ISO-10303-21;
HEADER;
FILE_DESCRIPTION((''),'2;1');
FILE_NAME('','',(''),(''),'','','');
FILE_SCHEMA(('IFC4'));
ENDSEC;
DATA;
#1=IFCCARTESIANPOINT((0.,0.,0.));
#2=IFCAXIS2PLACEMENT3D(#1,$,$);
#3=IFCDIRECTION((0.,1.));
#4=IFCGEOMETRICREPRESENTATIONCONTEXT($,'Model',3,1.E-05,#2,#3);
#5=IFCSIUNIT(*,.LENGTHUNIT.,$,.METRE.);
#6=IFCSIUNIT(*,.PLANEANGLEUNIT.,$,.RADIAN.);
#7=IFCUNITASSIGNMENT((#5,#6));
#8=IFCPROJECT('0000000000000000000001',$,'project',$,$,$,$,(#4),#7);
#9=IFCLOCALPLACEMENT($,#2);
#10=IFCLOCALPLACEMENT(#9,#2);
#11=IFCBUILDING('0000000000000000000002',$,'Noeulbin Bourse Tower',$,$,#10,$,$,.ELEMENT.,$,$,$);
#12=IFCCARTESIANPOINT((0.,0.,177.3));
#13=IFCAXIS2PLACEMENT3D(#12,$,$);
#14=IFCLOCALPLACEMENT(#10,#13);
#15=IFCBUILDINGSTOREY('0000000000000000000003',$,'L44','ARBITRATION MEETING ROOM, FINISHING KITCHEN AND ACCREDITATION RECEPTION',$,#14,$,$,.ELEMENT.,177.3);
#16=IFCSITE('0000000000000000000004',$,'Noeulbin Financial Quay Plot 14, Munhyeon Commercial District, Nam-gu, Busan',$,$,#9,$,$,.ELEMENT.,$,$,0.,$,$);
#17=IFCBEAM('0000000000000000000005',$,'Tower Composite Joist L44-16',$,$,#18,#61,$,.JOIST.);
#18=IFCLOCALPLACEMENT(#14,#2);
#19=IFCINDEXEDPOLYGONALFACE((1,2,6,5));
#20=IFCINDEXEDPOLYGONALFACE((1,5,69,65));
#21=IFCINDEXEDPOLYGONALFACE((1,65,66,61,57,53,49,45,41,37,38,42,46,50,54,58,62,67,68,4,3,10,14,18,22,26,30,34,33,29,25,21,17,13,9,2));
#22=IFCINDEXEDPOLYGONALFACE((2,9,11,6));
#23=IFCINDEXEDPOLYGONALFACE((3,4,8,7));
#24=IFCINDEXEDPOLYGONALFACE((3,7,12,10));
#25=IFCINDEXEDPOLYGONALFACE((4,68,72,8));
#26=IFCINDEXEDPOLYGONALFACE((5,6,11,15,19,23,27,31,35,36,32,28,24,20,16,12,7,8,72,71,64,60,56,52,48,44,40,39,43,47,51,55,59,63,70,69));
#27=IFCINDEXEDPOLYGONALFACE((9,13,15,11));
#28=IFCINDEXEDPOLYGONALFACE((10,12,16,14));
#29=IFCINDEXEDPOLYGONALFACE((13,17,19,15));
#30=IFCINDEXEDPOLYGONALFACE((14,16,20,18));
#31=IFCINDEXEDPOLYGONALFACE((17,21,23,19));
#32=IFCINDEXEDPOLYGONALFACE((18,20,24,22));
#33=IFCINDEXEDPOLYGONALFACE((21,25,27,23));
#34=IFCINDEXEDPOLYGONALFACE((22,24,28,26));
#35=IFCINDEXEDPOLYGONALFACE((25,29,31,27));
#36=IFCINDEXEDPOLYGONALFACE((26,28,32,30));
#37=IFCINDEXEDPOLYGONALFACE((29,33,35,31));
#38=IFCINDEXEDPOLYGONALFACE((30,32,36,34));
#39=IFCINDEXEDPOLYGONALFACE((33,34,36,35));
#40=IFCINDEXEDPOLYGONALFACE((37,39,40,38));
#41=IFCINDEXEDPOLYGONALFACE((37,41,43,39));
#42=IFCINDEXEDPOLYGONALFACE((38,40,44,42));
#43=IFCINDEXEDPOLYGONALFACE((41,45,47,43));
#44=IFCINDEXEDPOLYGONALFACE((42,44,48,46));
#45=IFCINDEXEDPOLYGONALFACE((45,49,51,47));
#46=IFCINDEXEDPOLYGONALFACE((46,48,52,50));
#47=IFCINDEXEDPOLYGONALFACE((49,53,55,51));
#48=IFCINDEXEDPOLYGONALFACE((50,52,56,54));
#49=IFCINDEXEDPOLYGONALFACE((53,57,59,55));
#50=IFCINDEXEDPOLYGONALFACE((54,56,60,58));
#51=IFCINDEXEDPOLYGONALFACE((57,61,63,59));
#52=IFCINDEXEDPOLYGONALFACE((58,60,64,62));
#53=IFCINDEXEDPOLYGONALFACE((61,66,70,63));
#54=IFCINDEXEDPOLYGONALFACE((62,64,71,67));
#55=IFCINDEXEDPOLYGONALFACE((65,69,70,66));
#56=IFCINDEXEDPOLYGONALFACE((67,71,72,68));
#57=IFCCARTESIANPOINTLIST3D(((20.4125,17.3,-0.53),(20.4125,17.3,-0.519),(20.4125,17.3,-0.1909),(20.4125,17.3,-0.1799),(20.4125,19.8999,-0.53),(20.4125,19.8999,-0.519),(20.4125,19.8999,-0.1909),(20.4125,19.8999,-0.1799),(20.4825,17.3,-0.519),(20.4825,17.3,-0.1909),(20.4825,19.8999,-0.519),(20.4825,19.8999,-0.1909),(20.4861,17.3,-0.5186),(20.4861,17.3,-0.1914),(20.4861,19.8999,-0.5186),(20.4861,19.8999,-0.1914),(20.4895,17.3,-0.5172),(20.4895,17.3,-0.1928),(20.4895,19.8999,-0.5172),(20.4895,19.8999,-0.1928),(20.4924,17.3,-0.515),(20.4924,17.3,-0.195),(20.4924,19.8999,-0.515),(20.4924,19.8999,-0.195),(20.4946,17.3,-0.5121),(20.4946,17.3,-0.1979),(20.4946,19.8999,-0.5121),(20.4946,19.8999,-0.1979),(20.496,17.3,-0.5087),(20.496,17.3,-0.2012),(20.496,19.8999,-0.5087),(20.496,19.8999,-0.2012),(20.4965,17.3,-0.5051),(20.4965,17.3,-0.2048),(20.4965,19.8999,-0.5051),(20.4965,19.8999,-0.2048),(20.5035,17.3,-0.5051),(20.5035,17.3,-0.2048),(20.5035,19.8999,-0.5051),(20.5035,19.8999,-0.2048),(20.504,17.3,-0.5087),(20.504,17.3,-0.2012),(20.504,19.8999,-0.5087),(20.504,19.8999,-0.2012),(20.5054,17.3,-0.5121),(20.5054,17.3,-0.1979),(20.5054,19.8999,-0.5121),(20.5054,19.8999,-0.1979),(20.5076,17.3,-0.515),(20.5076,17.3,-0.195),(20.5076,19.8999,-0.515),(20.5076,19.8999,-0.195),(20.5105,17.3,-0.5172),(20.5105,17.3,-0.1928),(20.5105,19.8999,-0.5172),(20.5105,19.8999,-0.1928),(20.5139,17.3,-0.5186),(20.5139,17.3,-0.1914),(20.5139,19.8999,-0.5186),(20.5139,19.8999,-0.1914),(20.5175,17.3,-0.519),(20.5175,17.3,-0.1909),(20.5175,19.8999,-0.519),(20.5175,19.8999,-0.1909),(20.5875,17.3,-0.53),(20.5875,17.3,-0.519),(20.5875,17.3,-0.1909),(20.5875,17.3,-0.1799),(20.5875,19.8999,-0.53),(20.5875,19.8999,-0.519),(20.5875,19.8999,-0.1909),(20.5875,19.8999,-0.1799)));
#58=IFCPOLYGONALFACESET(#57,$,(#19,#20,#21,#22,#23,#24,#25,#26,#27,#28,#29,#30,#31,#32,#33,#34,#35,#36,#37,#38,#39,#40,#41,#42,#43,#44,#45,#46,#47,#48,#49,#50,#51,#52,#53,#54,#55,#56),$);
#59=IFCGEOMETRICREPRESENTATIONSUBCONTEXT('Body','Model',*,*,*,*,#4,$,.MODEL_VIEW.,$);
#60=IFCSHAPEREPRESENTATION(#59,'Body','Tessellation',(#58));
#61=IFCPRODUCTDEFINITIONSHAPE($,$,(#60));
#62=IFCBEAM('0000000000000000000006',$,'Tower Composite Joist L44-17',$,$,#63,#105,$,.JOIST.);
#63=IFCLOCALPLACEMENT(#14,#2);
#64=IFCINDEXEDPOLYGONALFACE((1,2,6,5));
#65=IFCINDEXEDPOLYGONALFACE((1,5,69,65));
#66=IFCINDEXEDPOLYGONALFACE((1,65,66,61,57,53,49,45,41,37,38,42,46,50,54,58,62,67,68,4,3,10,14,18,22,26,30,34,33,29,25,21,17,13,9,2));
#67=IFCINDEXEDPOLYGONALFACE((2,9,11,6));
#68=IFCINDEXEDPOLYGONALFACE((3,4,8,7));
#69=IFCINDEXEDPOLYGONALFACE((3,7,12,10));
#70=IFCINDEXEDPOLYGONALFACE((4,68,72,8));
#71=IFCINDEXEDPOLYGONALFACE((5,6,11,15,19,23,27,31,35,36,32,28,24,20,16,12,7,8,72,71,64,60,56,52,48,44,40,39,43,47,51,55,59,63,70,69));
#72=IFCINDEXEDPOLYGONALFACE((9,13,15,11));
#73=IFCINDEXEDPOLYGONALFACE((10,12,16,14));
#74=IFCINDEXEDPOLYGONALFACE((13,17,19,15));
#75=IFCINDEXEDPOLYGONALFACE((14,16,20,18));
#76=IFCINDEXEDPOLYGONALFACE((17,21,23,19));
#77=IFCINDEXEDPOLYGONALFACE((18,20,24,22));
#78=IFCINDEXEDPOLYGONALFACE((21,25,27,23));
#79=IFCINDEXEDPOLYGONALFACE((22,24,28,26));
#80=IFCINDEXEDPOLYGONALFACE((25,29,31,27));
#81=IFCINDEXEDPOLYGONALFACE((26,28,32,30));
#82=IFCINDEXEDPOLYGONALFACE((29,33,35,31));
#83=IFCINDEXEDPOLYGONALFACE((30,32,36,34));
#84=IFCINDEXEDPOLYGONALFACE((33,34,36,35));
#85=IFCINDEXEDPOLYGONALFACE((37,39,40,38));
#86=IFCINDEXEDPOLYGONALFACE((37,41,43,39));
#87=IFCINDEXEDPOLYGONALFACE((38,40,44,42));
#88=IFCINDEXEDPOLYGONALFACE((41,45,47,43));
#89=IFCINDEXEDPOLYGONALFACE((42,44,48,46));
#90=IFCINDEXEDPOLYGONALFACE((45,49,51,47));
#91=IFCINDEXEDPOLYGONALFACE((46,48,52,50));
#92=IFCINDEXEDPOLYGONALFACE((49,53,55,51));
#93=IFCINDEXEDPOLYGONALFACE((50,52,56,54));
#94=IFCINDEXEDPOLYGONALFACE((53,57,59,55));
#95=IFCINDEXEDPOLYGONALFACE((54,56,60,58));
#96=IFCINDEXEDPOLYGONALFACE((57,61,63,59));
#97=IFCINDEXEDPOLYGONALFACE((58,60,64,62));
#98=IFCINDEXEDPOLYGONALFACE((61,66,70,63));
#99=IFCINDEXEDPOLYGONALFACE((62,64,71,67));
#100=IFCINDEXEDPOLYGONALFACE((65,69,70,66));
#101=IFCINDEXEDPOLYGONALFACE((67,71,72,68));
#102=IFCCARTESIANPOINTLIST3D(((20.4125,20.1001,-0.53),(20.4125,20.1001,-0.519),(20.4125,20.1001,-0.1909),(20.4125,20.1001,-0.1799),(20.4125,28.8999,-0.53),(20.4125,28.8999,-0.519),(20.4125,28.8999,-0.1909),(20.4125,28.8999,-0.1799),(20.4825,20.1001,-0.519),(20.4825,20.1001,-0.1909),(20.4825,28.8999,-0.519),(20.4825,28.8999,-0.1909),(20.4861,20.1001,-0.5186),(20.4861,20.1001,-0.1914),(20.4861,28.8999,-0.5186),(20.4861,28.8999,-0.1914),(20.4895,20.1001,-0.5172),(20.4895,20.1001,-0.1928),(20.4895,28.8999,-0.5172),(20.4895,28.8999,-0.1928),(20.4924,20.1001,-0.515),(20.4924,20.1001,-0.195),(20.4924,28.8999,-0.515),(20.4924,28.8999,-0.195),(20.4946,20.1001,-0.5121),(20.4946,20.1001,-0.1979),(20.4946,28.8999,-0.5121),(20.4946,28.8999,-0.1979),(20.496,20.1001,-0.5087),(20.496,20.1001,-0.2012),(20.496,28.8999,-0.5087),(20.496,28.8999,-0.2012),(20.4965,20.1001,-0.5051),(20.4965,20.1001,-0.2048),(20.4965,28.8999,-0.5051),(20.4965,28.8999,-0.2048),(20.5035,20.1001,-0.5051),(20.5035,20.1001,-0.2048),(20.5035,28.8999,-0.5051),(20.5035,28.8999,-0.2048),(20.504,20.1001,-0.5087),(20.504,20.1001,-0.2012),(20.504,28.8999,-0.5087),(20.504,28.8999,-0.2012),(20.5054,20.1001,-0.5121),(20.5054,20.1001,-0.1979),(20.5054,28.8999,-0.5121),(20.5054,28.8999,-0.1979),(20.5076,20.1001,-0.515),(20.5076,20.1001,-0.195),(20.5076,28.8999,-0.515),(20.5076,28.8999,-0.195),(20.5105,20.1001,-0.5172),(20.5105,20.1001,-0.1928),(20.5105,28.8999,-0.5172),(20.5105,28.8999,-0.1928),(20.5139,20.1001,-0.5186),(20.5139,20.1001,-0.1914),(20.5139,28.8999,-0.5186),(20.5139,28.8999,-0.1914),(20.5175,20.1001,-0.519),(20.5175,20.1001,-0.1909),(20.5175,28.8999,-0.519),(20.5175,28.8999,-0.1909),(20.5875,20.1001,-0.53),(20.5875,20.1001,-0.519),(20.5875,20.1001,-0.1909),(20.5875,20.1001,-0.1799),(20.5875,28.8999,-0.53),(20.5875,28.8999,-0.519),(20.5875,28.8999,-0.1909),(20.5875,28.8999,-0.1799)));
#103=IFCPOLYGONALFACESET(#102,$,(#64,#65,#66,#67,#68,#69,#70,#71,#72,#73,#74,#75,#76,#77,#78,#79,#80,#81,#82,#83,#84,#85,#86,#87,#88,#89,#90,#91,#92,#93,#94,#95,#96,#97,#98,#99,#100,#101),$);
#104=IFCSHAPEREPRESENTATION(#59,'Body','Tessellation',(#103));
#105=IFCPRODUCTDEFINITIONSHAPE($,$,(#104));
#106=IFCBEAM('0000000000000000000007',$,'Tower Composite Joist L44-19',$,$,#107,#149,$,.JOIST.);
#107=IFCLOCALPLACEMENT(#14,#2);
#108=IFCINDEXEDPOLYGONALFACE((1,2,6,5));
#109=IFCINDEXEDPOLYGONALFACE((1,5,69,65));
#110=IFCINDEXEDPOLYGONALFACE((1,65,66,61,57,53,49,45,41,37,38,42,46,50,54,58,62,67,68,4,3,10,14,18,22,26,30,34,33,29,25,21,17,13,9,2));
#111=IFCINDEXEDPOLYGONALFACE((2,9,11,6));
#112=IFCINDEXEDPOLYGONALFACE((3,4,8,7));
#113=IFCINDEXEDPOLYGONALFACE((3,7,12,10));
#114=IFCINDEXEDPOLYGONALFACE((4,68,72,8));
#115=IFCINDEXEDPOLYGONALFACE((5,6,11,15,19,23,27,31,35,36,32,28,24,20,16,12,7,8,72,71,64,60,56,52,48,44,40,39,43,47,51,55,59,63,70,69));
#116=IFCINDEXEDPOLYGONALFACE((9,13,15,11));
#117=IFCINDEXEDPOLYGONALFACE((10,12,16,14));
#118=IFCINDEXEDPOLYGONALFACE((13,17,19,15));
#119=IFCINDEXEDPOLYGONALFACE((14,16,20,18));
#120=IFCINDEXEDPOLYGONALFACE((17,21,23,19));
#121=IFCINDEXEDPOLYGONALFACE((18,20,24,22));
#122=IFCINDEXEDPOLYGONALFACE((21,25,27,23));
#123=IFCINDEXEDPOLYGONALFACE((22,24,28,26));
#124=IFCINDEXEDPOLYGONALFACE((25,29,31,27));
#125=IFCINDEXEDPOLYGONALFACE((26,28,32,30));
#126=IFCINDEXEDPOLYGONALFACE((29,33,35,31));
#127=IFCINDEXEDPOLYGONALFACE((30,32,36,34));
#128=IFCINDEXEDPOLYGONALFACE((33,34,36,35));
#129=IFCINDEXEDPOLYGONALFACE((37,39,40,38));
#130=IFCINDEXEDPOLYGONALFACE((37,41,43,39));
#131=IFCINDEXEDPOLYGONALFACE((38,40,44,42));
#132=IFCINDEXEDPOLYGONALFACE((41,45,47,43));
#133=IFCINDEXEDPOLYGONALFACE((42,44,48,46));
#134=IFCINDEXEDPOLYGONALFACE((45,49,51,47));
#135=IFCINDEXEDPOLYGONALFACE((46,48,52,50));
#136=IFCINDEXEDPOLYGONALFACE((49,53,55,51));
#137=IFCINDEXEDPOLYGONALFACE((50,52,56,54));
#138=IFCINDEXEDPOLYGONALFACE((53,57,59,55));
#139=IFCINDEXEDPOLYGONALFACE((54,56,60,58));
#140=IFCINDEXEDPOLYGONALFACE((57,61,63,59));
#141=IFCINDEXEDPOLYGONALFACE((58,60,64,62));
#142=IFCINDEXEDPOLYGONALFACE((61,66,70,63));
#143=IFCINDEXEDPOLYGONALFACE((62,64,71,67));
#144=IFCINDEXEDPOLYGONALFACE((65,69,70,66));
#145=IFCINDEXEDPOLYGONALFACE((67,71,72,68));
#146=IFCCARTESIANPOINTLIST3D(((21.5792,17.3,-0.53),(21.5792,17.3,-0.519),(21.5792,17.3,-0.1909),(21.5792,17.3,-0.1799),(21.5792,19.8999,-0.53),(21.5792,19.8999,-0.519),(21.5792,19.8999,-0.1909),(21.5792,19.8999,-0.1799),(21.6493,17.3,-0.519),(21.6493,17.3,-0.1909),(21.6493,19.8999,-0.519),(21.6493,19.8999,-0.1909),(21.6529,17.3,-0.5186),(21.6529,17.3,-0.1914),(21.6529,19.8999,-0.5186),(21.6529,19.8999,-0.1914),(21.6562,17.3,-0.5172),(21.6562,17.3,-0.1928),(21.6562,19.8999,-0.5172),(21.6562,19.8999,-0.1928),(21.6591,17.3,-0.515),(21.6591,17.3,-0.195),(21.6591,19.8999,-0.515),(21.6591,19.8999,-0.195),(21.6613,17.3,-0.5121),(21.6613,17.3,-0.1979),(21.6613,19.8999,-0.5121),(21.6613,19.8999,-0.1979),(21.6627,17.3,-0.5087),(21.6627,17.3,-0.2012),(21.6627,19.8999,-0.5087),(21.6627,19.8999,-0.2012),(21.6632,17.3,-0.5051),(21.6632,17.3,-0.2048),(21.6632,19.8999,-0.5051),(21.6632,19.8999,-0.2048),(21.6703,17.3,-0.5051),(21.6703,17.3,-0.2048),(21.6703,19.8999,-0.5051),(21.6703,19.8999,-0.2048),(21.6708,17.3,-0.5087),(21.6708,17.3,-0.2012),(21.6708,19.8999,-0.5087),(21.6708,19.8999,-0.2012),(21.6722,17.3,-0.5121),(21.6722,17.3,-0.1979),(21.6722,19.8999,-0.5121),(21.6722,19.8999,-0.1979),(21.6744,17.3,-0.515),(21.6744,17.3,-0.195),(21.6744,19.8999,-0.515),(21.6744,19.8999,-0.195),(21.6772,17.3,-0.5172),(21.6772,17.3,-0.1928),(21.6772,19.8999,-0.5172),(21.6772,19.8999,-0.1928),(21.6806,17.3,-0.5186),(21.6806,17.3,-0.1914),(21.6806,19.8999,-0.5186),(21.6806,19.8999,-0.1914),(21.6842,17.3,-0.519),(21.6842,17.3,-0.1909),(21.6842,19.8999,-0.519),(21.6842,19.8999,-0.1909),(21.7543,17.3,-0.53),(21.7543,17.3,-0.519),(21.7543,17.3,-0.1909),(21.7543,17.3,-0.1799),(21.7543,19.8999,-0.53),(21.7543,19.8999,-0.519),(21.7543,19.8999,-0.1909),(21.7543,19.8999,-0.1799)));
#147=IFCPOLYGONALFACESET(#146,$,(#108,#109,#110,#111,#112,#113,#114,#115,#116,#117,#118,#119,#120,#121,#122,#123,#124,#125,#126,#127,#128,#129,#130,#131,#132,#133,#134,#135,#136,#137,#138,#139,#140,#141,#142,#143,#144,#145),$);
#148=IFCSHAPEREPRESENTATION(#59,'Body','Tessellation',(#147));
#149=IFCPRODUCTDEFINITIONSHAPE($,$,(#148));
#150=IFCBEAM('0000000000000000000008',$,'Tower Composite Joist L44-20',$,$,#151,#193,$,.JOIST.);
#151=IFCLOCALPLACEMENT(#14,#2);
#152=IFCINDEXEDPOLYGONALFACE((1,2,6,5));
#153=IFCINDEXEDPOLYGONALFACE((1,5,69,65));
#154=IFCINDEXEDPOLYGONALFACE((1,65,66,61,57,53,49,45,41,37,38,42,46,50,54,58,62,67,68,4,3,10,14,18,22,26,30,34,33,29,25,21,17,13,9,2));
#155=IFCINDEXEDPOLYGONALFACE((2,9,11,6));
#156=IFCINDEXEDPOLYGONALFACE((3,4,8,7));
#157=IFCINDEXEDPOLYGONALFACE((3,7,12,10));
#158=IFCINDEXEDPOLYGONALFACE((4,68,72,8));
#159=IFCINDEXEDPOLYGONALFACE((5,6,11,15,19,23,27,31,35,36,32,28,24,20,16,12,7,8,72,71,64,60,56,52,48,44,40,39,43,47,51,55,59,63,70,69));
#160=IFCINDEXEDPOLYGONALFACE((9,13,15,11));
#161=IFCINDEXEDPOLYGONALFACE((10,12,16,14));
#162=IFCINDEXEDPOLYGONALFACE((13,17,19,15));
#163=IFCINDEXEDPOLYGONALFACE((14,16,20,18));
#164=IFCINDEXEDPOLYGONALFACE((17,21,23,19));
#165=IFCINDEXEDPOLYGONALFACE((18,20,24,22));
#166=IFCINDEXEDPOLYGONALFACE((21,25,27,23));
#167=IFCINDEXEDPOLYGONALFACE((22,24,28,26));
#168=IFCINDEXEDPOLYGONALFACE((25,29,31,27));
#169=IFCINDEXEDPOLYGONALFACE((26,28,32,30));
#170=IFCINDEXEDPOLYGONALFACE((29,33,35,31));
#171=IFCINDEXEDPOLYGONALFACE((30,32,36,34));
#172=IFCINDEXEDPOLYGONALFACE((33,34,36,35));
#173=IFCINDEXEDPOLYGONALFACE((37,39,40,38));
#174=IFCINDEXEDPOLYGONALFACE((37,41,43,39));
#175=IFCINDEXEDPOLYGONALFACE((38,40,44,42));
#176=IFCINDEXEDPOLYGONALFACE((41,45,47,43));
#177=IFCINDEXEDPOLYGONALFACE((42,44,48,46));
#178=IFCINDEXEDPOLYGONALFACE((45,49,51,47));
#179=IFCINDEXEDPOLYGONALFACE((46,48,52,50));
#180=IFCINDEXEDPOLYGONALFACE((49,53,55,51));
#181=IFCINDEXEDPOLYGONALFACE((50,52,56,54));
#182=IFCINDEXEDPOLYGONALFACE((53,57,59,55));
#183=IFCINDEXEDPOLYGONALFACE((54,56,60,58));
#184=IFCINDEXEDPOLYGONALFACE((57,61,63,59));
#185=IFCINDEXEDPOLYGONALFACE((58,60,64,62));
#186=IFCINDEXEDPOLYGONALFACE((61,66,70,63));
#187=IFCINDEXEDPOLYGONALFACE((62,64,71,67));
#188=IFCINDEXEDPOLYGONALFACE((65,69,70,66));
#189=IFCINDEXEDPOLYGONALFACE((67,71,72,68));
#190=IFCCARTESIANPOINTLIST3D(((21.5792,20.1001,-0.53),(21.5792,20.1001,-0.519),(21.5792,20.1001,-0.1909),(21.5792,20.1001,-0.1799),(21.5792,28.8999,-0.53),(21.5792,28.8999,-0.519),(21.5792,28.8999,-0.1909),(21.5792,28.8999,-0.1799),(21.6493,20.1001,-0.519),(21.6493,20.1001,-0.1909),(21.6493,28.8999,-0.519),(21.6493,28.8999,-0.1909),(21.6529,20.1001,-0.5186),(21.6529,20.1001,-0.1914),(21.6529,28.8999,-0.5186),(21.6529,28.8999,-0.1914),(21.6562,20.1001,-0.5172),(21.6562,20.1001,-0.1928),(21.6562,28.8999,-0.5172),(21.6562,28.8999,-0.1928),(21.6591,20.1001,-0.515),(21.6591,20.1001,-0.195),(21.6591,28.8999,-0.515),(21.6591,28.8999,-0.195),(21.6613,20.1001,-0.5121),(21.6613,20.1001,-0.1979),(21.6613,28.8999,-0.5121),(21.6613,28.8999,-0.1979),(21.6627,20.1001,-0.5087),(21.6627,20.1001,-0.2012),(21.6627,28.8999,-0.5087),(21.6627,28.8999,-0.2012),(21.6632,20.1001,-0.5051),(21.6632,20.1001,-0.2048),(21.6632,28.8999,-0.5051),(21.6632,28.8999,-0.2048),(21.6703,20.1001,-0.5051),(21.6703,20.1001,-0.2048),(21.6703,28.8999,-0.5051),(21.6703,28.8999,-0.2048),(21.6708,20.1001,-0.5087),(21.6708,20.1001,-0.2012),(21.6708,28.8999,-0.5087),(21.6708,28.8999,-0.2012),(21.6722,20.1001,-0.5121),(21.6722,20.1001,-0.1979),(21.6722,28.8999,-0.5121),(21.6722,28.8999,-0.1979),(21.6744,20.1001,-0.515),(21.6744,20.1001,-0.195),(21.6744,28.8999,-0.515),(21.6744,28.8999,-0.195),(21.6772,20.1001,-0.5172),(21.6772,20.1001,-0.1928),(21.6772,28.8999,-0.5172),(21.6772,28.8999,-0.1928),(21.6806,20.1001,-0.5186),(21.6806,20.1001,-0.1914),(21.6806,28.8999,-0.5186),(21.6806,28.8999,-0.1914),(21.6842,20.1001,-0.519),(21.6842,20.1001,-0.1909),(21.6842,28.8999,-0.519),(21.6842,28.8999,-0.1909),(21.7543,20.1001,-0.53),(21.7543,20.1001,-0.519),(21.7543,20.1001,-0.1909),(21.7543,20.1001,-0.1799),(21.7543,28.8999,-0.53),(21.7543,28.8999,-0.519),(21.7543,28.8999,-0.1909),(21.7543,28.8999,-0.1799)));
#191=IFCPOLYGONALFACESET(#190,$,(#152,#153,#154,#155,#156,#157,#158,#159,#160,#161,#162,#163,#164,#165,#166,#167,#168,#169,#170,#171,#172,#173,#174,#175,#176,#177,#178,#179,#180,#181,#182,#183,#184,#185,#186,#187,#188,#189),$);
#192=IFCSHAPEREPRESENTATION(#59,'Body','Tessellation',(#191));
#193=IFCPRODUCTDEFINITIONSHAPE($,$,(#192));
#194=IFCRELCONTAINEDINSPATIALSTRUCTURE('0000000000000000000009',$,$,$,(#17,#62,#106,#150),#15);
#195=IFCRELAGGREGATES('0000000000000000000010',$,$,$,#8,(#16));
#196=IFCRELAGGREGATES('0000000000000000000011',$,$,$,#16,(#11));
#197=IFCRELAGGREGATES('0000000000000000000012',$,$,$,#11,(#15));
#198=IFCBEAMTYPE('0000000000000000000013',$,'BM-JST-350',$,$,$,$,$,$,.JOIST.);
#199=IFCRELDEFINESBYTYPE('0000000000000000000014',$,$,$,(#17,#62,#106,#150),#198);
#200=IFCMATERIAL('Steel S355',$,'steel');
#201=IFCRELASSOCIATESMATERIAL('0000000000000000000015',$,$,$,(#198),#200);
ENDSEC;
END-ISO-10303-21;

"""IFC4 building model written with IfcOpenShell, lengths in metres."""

from ifc_helpers import new_model, si_unit, direction, frame, origin, origin_2d, place, context, subcontext, project, spatial, i_section, extrude, material, material_profile, profile_set, type_object, element, save


model = new_model("IFC4")

# Units and contexts
model_context = context("Model", 3, precision=1e-05, world=origin(), true_north=direction((0.0, 1.0)))
body_context = subcontext(model_context, "Body", "Model", "MODEL_VIEW")
ifc_project = project(units=[si_unit("LENGTHUNIT", "METRE"), si_unit("PLANEANGLEUNIT", "RADIAN")], contexts=[model_context])

# Site, building, storey
site_placement = place(None, origin())
site = spatial("IfcSite", under=ifc_project, at=site_placement, Name="Noeulbin Financial Quay Plot 14, Munhyeon Commercial District, Nam-gu, Busan", CompositionType="ELEMENT", RefElevation=0.0)
building_placement = place(site_placement, origin())
building = spatial("IfcBuilding", under=site, at=building_placement, Name="Noeulbin Bourse Tower", CompositionType="ELEMENT")
storey_placement = place(building_placement, frame((0.0, 0.0, 177.3)))
storey = spatial("IfcBuildingStorey", under=building, at=storey_placement, Name="L44", Description="ARBITRATION MEETING ROOM, FINISHING KITCHEN AND ACCREDITATION RECEPTION", CompositionType="ELEMENT", Elevation=177.3)

# Shared definitions
ifc_material_1 = material(Name="Steel S355", Category="steel")

# Beams
ifc_material_profile_1 = material_profile(ifc_material_1, i_section(OverallWidth=0.175, OverallDepth=0.3501, WebThickness=0.0071, FlangeThickness=0.011, FilletRadius=0.0139, at=origin_2d()), Name="H-350x175x7x11", Category="LoadBearing")
ifc_profile_set_1 = profile_set([ifc_material_profile_1], Name="Steel S355")
beam_type_1 = type_object("IfcBeamType", Name="BM-JST-350", PredefinedType="JOIST", material=ifc_profile_set_1)
beam_1_placement = place(storey_placement, frame((20.5, 17.3, -0.355), z_axis=(0.0, 1.0, 0.0), x_axis=(-1.0, 0.0, 0.0)))
element("IfcBeam", 1, at=beam_1_placement, inside=storey, type_object=beam_type_1, Name="Tower Composite Joist L44-16", PredefinedType="JOIST", context=body_context, shape_type="SweptSolid", body=[
    extrude(i_section(OverallWidth=0.175, OverallDepth=0.3501, WebThickness=0.0071, FlangeThickness=0.011, FilletRadius=0.0139, at=origin_2d()), origin(), (0.0, 0.0, 1.0), 2.5999),
])
beam_2_placement = place(storey_placement, frame((20.5, 20.1001, -0.355), z_axis=(0.0, 1.0, 0.0), x_axis=(-1.0, 0.0, 0.0)))
element("IfcBeam", 2, at=beam_2_placement, inside=storey, type_object=beam_type_1, Name="Tower Composite Joist L44-17", PredefinedType="JOIST", context=body_context, shape_type="SweptSolid", body=[
    extrude(i_section(OverallWidth=0.175, OverallDepth=0.3501, WebThickness=0.0071, FlangeThickness=0.011, FilletRadius=0.0139, at=origin_2d()), origin(), (0.0, 0.0, 1.0), 8.7998),
])
beam_3_placement = place(storey_placement, frame((21.6667, 17.3, -0.355), z_axis=(0.0, 1.0, 0.0), x_axis=(-1.0, 0.0, 0.0)))
element("IfcBeam", 3, at=beam_3_placement, inside=storey, type_object=beam_type_1, Name="Tower Composite Joist L44-19", PredefinedType="JOIST", context=body_context, shape_type="SweptSolid", body=[
    extrude(i_section(OverallWidth=0.175, OverallDepth=0.3501, WebThickness=0.0071, FlangeThickness=0.011, FilletRadius=0.0139, at=origin_2d()), origin(), (0.0, 0.0, 1.0), 2.5999),
])
beam_4_placement = place(storey_placement, frame((21.6667, 20.1001, -0.355), z_axis=(0.0, 1.0, 0.0), x_axis=(-1.0, 0.0, 0.0)))
element("IfcBeam", 4, at=beam_4_placement, inside=storey, type_object=beam_type_1, Name="Tower Composite Joist L44-20", PredefinedType="JOIST", context=body_context, shape_type="SweptSolid", body=[
    extrude(i_section(OverallWidth=0.175, OverallDepth=0.3501, WebThickness=0.0071, FlangeThickness=0.011, FilletRadius=0.0139, at=origin_2d()), origin(), (0.0, 0.0, 1.0), 8.7998),
])

save(model, "model.ifc")
